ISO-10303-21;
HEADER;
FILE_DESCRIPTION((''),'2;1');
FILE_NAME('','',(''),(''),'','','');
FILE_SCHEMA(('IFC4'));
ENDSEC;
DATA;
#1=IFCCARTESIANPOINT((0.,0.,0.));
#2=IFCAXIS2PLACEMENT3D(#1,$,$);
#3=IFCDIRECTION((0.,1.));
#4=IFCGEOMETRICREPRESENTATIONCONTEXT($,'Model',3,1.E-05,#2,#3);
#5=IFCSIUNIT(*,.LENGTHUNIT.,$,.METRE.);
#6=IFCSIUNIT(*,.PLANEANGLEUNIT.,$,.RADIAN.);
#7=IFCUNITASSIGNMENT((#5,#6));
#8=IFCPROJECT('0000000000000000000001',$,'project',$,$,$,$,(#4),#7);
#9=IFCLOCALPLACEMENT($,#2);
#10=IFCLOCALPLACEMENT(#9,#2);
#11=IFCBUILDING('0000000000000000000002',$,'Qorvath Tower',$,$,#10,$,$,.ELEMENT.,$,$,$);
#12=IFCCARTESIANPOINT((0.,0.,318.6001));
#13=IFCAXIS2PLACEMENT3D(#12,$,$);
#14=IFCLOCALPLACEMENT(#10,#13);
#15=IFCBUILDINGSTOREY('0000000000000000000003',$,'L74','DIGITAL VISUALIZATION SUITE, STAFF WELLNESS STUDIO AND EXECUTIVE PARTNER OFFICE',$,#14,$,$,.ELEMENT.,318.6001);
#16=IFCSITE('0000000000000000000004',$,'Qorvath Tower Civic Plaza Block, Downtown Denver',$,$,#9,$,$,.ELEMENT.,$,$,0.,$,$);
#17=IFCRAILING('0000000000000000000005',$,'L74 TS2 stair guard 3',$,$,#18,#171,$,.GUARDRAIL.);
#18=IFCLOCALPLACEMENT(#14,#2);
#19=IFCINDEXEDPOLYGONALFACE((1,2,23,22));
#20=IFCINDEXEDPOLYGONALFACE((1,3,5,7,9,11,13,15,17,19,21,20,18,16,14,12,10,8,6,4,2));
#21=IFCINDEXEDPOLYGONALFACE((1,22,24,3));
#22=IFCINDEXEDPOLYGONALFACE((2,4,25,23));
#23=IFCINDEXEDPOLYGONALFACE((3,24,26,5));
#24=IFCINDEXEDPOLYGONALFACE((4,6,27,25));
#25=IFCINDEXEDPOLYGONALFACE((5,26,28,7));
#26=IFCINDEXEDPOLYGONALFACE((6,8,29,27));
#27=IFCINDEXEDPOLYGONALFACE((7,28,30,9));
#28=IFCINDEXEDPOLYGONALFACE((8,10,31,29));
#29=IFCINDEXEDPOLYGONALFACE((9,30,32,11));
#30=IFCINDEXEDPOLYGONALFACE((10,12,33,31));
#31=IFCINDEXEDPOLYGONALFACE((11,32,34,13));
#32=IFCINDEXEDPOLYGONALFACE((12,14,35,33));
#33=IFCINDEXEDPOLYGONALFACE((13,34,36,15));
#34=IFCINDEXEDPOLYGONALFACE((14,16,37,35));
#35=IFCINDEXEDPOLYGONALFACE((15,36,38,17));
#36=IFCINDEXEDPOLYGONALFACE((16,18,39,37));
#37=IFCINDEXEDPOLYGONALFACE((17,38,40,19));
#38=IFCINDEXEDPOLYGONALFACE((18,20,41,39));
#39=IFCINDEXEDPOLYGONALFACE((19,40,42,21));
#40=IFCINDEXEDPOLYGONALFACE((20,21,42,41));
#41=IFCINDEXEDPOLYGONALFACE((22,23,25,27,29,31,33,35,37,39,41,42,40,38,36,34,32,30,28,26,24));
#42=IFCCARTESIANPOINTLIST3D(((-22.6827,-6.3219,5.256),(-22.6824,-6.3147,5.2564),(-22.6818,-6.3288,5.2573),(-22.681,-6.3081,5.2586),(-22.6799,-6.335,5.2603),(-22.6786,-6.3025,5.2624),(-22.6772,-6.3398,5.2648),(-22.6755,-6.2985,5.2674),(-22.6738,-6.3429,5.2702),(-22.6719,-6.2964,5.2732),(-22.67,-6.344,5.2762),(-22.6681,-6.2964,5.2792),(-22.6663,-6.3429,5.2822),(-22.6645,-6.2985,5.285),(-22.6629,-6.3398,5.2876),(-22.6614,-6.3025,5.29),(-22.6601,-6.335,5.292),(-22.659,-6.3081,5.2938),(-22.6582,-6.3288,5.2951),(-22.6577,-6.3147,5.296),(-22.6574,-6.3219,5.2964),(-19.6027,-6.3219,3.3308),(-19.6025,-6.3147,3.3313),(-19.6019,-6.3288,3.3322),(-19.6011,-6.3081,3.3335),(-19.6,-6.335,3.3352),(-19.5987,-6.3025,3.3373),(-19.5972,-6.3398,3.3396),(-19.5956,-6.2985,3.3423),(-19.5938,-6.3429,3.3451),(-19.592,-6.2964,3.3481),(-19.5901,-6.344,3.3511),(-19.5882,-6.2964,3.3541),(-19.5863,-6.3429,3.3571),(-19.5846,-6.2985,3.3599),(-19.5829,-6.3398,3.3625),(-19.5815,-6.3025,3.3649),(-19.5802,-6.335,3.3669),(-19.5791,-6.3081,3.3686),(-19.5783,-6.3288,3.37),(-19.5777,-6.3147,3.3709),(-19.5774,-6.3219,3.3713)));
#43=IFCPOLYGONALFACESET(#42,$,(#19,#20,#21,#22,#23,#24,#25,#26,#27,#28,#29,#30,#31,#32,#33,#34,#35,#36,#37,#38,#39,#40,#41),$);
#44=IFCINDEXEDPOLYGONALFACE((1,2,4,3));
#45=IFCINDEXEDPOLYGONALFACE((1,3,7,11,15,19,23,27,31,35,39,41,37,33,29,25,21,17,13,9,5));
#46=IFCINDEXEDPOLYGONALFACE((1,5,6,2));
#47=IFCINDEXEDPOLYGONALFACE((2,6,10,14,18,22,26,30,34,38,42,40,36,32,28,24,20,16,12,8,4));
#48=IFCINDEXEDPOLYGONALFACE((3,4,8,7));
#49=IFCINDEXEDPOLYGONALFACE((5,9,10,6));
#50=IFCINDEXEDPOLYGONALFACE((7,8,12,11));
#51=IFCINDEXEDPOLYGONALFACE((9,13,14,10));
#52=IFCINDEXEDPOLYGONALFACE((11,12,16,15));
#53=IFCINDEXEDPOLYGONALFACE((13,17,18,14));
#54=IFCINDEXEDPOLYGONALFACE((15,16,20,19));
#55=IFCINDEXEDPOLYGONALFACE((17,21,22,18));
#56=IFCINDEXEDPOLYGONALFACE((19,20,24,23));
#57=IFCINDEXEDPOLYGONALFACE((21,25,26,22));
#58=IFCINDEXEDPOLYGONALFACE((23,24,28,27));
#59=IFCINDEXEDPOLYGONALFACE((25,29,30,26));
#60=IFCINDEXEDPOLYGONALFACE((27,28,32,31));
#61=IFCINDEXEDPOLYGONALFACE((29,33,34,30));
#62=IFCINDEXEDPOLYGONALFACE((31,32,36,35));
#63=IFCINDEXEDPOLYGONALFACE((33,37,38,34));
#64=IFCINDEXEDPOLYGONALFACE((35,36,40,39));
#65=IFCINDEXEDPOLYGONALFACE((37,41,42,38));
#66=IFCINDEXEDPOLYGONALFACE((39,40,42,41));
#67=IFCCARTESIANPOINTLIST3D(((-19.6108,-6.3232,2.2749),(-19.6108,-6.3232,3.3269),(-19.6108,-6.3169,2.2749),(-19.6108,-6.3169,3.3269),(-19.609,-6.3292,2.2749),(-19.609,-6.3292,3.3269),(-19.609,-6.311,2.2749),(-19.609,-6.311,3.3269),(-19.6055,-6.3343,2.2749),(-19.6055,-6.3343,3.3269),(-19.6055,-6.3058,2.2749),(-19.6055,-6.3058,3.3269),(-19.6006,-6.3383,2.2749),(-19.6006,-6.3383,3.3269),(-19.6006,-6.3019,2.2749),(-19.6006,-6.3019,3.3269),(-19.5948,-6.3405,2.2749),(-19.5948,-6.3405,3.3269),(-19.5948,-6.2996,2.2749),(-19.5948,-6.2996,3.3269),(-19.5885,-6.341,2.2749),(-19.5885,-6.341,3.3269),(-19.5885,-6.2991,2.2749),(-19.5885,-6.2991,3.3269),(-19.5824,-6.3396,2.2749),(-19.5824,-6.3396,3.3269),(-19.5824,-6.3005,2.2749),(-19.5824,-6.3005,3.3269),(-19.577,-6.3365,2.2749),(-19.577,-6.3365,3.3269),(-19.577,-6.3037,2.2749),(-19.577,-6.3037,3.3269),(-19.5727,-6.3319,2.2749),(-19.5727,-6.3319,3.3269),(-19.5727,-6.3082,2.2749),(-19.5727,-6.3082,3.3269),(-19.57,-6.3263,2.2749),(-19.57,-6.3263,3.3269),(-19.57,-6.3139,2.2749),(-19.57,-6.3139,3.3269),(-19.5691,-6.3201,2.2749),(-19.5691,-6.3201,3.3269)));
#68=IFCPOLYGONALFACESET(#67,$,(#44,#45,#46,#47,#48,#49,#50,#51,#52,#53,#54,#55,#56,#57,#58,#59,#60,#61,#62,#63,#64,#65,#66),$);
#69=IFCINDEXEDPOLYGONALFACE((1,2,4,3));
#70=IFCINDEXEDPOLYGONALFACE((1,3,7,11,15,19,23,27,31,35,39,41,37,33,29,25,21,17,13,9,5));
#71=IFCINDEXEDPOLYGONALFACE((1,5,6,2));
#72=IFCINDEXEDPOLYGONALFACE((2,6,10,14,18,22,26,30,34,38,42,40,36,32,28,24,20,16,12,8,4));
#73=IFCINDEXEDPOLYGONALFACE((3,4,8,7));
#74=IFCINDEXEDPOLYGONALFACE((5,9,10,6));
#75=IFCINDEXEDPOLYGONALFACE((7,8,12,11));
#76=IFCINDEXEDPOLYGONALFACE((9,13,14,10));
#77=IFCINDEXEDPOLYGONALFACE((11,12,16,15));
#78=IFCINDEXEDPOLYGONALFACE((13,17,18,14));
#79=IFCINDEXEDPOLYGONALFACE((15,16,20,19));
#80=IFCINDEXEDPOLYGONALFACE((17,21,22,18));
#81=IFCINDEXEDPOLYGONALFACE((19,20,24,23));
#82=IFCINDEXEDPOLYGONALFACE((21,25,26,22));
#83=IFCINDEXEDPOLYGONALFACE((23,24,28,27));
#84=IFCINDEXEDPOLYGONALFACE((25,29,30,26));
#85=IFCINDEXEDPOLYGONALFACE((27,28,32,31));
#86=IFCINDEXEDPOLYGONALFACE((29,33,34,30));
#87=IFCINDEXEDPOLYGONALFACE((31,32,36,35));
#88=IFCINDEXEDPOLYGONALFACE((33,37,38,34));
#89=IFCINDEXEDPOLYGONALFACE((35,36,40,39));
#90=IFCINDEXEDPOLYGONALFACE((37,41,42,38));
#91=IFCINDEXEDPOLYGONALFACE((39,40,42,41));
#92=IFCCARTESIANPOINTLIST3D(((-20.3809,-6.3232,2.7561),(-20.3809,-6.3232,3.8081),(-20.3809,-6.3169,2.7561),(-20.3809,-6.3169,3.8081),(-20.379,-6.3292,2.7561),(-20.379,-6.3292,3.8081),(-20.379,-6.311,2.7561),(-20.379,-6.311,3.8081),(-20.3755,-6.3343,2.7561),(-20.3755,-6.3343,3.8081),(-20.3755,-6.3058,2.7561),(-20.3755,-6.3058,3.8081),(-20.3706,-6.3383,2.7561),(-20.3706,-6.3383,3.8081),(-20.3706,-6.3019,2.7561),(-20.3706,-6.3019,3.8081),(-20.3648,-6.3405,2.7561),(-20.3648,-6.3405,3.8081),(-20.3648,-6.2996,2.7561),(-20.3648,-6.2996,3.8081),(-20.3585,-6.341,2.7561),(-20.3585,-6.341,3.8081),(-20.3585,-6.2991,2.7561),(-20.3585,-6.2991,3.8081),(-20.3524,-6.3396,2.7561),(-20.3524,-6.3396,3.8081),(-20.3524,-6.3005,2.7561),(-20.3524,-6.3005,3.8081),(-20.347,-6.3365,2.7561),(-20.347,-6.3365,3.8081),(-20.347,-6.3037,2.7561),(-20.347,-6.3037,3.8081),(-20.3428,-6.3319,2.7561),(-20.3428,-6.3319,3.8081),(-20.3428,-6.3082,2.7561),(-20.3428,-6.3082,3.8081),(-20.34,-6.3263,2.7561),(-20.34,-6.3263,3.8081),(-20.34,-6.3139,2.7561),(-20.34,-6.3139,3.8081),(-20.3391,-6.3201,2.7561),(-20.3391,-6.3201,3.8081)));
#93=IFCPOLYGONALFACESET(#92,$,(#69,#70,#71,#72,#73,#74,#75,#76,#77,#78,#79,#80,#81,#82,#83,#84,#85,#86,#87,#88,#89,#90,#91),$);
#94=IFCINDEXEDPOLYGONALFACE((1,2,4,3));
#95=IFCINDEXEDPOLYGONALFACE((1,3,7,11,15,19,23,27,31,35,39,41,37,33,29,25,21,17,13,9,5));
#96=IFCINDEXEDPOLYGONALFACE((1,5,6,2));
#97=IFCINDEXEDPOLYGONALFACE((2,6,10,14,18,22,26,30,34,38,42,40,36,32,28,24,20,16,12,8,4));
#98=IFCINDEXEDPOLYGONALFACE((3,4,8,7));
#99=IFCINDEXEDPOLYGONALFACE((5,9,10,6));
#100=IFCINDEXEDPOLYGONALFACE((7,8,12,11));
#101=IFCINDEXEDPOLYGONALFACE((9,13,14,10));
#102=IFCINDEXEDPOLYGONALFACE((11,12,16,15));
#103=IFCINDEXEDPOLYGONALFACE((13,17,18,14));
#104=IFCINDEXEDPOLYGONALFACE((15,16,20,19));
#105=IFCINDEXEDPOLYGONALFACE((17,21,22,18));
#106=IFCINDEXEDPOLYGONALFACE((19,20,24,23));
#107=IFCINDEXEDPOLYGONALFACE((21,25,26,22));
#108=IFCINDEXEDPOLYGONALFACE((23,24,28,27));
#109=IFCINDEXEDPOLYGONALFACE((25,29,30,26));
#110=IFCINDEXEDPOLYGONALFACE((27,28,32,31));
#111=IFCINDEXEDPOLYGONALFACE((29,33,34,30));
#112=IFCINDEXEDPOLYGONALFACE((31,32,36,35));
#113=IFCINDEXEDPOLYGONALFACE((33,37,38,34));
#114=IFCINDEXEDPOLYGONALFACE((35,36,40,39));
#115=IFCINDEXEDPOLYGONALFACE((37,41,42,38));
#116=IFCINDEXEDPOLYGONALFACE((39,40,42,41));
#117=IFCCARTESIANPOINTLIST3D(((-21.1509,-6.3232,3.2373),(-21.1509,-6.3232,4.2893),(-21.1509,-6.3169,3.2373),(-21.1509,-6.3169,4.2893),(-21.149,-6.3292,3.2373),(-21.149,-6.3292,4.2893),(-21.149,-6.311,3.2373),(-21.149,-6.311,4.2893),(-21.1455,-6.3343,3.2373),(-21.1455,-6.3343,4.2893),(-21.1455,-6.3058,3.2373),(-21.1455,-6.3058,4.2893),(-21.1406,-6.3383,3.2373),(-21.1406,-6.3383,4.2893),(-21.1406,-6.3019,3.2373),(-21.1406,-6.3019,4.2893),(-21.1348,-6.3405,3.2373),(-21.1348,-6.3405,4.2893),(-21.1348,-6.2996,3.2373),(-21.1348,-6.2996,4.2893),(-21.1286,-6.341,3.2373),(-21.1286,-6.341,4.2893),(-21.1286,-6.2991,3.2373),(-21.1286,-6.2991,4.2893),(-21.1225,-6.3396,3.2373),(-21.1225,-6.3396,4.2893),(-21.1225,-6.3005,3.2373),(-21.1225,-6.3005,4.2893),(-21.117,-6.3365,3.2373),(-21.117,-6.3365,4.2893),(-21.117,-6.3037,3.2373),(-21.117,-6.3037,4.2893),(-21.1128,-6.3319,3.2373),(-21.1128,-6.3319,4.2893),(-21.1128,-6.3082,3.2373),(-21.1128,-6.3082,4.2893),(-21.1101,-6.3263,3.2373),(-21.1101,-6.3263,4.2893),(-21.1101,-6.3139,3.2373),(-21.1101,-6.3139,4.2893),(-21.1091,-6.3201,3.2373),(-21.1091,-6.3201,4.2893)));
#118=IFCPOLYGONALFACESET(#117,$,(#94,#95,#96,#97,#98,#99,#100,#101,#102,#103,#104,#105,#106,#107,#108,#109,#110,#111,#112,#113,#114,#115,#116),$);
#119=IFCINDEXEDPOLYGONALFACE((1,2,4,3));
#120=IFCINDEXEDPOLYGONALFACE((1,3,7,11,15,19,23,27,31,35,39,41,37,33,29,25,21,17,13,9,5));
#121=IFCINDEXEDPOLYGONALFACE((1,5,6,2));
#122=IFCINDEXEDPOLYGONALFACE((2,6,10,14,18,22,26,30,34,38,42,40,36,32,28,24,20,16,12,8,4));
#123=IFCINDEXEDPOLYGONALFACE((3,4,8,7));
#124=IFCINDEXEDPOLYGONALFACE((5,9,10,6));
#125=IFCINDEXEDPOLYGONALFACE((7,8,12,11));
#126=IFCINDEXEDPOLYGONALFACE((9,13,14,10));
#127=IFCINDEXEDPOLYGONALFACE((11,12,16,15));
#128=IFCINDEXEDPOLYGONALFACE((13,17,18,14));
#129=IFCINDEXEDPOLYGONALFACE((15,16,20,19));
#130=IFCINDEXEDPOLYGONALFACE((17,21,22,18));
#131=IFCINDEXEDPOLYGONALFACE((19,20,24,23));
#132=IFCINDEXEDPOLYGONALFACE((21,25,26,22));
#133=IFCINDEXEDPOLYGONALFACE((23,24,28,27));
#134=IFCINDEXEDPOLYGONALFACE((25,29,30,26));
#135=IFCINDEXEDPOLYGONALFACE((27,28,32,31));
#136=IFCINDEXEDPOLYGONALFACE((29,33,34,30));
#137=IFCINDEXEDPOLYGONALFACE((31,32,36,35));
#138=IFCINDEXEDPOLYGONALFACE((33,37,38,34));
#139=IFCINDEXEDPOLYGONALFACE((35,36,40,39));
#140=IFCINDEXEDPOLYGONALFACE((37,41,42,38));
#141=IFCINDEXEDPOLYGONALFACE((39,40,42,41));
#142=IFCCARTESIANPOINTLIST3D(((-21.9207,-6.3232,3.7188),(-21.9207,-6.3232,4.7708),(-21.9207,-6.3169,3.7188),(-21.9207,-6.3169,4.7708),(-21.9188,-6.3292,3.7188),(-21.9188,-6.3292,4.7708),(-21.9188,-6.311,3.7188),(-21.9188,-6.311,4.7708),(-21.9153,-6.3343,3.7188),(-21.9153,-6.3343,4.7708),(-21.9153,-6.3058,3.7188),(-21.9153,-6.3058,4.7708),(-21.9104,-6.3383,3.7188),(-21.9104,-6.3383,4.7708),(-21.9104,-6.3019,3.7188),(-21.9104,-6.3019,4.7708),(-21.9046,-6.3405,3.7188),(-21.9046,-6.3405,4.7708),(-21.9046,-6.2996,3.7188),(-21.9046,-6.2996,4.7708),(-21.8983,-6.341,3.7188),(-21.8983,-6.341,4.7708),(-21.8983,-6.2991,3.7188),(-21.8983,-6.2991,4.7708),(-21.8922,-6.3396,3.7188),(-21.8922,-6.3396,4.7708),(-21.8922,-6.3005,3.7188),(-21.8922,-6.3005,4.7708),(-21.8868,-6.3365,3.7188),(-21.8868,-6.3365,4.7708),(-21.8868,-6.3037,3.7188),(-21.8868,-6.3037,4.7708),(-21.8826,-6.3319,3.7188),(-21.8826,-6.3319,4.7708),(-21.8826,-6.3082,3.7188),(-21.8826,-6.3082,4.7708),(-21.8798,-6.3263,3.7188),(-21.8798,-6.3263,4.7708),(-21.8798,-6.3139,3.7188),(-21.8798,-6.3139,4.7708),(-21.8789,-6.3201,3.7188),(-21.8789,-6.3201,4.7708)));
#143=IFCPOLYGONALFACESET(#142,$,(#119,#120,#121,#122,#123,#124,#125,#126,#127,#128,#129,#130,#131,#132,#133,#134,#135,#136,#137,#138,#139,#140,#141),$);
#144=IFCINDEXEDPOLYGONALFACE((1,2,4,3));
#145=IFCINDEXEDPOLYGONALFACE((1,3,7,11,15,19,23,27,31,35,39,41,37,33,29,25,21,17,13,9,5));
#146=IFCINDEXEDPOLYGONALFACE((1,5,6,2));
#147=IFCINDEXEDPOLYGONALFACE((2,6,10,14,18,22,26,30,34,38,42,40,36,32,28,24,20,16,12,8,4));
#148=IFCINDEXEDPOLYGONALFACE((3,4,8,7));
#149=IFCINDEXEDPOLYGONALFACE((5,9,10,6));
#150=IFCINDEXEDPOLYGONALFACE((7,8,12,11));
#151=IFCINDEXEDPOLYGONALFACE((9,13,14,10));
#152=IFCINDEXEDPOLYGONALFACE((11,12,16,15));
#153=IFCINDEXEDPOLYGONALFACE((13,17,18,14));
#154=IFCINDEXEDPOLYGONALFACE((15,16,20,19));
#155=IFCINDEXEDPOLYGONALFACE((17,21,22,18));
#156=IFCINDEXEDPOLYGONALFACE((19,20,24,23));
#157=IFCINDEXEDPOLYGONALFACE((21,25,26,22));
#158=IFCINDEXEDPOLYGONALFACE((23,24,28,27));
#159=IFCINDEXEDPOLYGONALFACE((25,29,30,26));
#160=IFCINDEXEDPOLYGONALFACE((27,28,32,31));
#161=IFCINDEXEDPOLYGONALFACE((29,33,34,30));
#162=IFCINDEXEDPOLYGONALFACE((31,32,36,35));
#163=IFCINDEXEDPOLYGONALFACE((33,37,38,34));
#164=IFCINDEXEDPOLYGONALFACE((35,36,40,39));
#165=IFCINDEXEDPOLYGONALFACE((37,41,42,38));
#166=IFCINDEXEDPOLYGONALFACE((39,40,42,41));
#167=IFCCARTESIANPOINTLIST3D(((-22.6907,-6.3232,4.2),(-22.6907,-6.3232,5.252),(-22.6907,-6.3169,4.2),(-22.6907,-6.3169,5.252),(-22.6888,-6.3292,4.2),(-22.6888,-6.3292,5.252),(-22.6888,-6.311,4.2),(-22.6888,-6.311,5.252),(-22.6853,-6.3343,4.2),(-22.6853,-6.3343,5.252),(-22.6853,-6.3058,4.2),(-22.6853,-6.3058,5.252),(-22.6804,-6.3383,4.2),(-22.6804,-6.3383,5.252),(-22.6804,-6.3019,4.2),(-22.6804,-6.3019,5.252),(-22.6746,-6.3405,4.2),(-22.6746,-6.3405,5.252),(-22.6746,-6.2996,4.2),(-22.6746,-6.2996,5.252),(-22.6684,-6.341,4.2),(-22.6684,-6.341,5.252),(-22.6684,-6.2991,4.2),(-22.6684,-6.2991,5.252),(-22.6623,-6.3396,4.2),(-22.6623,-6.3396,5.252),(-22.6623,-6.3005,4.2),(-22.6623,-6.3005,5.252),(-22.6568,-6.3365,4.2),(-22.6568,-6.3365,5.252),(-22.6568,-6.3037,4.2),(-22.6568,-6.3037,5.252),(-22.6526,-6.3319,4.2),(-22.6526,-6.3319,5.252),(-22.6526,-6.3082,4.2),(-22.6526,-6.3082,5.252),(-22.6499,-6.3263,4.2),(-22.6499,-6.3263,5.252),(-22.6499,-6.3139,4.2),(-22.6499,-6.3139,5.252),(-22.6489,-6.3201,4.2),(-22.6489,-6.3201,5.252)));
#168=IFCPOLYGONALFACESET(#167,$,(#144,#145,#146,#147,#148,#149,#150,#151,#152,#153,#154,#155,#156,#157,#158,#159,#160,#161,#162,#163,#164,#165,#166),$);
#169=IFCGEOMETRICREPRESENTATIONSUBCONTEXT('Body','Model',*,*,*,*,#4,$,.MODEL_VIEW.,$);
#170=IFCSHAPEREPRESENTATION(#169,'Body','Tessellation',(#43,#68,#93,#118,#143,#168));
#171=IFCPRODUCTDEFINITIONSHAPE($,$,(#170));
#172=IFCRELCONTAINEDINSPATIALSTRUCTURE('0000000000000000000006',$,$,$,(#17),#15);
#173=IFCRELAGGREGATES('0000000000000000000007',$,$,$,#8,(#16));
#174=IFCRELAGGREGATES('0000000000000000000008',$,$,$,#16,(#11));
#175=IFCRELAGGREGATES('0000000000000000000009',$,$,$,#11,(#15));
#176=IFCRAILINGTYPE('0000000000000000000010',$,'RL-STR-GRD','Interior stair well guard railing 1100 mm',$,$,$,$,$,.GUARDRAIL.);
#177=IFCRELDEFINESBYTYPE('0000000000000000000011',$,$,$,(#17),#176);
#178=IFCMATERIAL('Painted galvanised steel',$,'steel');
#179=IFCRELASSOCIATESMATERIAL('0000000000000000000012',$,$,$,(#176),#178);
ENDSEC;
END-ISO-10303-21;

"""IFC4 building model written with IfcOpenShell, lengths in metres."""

from ifc_helpers import new_model, si_unit, direction, frame, origin, origin_2d, place, context, subcontext, project, spatial, circle, extrude, material, type_object, element, save


model = new_model("IFC4")

# Units and contexts
model_context = context("Model", 3, precision=1e-05, world=origin(), true_north=direction((0.0, 1.0)))
body_context = subcontext(model_context, "Body", "Model", "MODEL_VIEW")
ifc_project = project(units=[si_unit("LENGTHUNIT", "METRE"), si_unit("PLANEANGLEUNIT", "RADIAN")], contexts=[model_context])

# Site, building, storey
site_placement = place(None, origin())
site = spatial("IfcSite", under=ifc_project, at=site_placement, Name="Qorvath Tower Civic Plaza Block, Downtown Denver", CompositionType="ELEMENT", RefElevation=0.0)
building_placement = place(site_placement, origin())
building = spatial("IfcBuilding", under=site, at=building_placement, Name="Qorvath Tower", CompositionType="ELEMENT")
storey_placement = place(building_placement, frame((0.0, 0.0, 318.6001)))
storey = spatial("IfcBuildingStorey", under=building, at=storey_placement, Name="L74", Description="DIGITAL VISUALIZATION SUITE, STAFF WELLNESS STUDIO AND EXECUTIVE PARTNER OFFICE", CompositionType="ELEMENT", Elevation=318.6001)

# Railing
ifc_material_1 = material(Name="Painted galvanised steel", Category="steel")
railing_type_1 = type_object("IfcRailingType", Name="RL-STR-GRD", Description="Interior stair well guard railing 1100 mm", PredefinedType="GUARDRAIL", material=ifc_material_1)
railing_1_placement = place(storey_placement, frame((-19.5901, -6.3201, 2.2749)))
element("IfcRailing", 1, at=railing_1_placement, inside=storey, type_object=railing_type_1, Name="L74 TS2 stair guard 3", PredefinedType="GUARDRAIL", context=body_context, shape_type="SweptSolid", body=[
    extrude(circle(Radius=0.0239, at=origin_2d()), frame((0.0, 0.0, 1.0762), z_axis=(-0.847979, 0.0, 0.530029), x_axis=(0.0, -1.0, 0.0)), (0.0, 0.0, 1.0), 3.6321),
    extrude(circle(Radius=0.021, at=origin_2d()), origin(), (0.0, 0.0, 1.0), 1.052),
    extrude(circle(Radius=0.021, at=origin_2d()), frame((-0.77, 0.0, 0.4812)), (0.0, 0.0, 1.0), 1.052),
    extrude(circle(Radius=0.021, at=origin_2d()), frame((-1.54, 0.0, 0.9624)), (0.0, 0.0, 1.0), 1.052),
    extrude(circle(Radius=0.021, at=origin_2d()), frame((-2.3098, 0.0, 1.4438)), (0.0, 0.0, 1.0), 1.052),
    extrude(circle(Radius=0.021, at=origin_2d()), frame((-3.0798, 0.0, 1.925)), (0.0, 0.0, 1.0), 1.052),
])

save(model, "model.ifc")
